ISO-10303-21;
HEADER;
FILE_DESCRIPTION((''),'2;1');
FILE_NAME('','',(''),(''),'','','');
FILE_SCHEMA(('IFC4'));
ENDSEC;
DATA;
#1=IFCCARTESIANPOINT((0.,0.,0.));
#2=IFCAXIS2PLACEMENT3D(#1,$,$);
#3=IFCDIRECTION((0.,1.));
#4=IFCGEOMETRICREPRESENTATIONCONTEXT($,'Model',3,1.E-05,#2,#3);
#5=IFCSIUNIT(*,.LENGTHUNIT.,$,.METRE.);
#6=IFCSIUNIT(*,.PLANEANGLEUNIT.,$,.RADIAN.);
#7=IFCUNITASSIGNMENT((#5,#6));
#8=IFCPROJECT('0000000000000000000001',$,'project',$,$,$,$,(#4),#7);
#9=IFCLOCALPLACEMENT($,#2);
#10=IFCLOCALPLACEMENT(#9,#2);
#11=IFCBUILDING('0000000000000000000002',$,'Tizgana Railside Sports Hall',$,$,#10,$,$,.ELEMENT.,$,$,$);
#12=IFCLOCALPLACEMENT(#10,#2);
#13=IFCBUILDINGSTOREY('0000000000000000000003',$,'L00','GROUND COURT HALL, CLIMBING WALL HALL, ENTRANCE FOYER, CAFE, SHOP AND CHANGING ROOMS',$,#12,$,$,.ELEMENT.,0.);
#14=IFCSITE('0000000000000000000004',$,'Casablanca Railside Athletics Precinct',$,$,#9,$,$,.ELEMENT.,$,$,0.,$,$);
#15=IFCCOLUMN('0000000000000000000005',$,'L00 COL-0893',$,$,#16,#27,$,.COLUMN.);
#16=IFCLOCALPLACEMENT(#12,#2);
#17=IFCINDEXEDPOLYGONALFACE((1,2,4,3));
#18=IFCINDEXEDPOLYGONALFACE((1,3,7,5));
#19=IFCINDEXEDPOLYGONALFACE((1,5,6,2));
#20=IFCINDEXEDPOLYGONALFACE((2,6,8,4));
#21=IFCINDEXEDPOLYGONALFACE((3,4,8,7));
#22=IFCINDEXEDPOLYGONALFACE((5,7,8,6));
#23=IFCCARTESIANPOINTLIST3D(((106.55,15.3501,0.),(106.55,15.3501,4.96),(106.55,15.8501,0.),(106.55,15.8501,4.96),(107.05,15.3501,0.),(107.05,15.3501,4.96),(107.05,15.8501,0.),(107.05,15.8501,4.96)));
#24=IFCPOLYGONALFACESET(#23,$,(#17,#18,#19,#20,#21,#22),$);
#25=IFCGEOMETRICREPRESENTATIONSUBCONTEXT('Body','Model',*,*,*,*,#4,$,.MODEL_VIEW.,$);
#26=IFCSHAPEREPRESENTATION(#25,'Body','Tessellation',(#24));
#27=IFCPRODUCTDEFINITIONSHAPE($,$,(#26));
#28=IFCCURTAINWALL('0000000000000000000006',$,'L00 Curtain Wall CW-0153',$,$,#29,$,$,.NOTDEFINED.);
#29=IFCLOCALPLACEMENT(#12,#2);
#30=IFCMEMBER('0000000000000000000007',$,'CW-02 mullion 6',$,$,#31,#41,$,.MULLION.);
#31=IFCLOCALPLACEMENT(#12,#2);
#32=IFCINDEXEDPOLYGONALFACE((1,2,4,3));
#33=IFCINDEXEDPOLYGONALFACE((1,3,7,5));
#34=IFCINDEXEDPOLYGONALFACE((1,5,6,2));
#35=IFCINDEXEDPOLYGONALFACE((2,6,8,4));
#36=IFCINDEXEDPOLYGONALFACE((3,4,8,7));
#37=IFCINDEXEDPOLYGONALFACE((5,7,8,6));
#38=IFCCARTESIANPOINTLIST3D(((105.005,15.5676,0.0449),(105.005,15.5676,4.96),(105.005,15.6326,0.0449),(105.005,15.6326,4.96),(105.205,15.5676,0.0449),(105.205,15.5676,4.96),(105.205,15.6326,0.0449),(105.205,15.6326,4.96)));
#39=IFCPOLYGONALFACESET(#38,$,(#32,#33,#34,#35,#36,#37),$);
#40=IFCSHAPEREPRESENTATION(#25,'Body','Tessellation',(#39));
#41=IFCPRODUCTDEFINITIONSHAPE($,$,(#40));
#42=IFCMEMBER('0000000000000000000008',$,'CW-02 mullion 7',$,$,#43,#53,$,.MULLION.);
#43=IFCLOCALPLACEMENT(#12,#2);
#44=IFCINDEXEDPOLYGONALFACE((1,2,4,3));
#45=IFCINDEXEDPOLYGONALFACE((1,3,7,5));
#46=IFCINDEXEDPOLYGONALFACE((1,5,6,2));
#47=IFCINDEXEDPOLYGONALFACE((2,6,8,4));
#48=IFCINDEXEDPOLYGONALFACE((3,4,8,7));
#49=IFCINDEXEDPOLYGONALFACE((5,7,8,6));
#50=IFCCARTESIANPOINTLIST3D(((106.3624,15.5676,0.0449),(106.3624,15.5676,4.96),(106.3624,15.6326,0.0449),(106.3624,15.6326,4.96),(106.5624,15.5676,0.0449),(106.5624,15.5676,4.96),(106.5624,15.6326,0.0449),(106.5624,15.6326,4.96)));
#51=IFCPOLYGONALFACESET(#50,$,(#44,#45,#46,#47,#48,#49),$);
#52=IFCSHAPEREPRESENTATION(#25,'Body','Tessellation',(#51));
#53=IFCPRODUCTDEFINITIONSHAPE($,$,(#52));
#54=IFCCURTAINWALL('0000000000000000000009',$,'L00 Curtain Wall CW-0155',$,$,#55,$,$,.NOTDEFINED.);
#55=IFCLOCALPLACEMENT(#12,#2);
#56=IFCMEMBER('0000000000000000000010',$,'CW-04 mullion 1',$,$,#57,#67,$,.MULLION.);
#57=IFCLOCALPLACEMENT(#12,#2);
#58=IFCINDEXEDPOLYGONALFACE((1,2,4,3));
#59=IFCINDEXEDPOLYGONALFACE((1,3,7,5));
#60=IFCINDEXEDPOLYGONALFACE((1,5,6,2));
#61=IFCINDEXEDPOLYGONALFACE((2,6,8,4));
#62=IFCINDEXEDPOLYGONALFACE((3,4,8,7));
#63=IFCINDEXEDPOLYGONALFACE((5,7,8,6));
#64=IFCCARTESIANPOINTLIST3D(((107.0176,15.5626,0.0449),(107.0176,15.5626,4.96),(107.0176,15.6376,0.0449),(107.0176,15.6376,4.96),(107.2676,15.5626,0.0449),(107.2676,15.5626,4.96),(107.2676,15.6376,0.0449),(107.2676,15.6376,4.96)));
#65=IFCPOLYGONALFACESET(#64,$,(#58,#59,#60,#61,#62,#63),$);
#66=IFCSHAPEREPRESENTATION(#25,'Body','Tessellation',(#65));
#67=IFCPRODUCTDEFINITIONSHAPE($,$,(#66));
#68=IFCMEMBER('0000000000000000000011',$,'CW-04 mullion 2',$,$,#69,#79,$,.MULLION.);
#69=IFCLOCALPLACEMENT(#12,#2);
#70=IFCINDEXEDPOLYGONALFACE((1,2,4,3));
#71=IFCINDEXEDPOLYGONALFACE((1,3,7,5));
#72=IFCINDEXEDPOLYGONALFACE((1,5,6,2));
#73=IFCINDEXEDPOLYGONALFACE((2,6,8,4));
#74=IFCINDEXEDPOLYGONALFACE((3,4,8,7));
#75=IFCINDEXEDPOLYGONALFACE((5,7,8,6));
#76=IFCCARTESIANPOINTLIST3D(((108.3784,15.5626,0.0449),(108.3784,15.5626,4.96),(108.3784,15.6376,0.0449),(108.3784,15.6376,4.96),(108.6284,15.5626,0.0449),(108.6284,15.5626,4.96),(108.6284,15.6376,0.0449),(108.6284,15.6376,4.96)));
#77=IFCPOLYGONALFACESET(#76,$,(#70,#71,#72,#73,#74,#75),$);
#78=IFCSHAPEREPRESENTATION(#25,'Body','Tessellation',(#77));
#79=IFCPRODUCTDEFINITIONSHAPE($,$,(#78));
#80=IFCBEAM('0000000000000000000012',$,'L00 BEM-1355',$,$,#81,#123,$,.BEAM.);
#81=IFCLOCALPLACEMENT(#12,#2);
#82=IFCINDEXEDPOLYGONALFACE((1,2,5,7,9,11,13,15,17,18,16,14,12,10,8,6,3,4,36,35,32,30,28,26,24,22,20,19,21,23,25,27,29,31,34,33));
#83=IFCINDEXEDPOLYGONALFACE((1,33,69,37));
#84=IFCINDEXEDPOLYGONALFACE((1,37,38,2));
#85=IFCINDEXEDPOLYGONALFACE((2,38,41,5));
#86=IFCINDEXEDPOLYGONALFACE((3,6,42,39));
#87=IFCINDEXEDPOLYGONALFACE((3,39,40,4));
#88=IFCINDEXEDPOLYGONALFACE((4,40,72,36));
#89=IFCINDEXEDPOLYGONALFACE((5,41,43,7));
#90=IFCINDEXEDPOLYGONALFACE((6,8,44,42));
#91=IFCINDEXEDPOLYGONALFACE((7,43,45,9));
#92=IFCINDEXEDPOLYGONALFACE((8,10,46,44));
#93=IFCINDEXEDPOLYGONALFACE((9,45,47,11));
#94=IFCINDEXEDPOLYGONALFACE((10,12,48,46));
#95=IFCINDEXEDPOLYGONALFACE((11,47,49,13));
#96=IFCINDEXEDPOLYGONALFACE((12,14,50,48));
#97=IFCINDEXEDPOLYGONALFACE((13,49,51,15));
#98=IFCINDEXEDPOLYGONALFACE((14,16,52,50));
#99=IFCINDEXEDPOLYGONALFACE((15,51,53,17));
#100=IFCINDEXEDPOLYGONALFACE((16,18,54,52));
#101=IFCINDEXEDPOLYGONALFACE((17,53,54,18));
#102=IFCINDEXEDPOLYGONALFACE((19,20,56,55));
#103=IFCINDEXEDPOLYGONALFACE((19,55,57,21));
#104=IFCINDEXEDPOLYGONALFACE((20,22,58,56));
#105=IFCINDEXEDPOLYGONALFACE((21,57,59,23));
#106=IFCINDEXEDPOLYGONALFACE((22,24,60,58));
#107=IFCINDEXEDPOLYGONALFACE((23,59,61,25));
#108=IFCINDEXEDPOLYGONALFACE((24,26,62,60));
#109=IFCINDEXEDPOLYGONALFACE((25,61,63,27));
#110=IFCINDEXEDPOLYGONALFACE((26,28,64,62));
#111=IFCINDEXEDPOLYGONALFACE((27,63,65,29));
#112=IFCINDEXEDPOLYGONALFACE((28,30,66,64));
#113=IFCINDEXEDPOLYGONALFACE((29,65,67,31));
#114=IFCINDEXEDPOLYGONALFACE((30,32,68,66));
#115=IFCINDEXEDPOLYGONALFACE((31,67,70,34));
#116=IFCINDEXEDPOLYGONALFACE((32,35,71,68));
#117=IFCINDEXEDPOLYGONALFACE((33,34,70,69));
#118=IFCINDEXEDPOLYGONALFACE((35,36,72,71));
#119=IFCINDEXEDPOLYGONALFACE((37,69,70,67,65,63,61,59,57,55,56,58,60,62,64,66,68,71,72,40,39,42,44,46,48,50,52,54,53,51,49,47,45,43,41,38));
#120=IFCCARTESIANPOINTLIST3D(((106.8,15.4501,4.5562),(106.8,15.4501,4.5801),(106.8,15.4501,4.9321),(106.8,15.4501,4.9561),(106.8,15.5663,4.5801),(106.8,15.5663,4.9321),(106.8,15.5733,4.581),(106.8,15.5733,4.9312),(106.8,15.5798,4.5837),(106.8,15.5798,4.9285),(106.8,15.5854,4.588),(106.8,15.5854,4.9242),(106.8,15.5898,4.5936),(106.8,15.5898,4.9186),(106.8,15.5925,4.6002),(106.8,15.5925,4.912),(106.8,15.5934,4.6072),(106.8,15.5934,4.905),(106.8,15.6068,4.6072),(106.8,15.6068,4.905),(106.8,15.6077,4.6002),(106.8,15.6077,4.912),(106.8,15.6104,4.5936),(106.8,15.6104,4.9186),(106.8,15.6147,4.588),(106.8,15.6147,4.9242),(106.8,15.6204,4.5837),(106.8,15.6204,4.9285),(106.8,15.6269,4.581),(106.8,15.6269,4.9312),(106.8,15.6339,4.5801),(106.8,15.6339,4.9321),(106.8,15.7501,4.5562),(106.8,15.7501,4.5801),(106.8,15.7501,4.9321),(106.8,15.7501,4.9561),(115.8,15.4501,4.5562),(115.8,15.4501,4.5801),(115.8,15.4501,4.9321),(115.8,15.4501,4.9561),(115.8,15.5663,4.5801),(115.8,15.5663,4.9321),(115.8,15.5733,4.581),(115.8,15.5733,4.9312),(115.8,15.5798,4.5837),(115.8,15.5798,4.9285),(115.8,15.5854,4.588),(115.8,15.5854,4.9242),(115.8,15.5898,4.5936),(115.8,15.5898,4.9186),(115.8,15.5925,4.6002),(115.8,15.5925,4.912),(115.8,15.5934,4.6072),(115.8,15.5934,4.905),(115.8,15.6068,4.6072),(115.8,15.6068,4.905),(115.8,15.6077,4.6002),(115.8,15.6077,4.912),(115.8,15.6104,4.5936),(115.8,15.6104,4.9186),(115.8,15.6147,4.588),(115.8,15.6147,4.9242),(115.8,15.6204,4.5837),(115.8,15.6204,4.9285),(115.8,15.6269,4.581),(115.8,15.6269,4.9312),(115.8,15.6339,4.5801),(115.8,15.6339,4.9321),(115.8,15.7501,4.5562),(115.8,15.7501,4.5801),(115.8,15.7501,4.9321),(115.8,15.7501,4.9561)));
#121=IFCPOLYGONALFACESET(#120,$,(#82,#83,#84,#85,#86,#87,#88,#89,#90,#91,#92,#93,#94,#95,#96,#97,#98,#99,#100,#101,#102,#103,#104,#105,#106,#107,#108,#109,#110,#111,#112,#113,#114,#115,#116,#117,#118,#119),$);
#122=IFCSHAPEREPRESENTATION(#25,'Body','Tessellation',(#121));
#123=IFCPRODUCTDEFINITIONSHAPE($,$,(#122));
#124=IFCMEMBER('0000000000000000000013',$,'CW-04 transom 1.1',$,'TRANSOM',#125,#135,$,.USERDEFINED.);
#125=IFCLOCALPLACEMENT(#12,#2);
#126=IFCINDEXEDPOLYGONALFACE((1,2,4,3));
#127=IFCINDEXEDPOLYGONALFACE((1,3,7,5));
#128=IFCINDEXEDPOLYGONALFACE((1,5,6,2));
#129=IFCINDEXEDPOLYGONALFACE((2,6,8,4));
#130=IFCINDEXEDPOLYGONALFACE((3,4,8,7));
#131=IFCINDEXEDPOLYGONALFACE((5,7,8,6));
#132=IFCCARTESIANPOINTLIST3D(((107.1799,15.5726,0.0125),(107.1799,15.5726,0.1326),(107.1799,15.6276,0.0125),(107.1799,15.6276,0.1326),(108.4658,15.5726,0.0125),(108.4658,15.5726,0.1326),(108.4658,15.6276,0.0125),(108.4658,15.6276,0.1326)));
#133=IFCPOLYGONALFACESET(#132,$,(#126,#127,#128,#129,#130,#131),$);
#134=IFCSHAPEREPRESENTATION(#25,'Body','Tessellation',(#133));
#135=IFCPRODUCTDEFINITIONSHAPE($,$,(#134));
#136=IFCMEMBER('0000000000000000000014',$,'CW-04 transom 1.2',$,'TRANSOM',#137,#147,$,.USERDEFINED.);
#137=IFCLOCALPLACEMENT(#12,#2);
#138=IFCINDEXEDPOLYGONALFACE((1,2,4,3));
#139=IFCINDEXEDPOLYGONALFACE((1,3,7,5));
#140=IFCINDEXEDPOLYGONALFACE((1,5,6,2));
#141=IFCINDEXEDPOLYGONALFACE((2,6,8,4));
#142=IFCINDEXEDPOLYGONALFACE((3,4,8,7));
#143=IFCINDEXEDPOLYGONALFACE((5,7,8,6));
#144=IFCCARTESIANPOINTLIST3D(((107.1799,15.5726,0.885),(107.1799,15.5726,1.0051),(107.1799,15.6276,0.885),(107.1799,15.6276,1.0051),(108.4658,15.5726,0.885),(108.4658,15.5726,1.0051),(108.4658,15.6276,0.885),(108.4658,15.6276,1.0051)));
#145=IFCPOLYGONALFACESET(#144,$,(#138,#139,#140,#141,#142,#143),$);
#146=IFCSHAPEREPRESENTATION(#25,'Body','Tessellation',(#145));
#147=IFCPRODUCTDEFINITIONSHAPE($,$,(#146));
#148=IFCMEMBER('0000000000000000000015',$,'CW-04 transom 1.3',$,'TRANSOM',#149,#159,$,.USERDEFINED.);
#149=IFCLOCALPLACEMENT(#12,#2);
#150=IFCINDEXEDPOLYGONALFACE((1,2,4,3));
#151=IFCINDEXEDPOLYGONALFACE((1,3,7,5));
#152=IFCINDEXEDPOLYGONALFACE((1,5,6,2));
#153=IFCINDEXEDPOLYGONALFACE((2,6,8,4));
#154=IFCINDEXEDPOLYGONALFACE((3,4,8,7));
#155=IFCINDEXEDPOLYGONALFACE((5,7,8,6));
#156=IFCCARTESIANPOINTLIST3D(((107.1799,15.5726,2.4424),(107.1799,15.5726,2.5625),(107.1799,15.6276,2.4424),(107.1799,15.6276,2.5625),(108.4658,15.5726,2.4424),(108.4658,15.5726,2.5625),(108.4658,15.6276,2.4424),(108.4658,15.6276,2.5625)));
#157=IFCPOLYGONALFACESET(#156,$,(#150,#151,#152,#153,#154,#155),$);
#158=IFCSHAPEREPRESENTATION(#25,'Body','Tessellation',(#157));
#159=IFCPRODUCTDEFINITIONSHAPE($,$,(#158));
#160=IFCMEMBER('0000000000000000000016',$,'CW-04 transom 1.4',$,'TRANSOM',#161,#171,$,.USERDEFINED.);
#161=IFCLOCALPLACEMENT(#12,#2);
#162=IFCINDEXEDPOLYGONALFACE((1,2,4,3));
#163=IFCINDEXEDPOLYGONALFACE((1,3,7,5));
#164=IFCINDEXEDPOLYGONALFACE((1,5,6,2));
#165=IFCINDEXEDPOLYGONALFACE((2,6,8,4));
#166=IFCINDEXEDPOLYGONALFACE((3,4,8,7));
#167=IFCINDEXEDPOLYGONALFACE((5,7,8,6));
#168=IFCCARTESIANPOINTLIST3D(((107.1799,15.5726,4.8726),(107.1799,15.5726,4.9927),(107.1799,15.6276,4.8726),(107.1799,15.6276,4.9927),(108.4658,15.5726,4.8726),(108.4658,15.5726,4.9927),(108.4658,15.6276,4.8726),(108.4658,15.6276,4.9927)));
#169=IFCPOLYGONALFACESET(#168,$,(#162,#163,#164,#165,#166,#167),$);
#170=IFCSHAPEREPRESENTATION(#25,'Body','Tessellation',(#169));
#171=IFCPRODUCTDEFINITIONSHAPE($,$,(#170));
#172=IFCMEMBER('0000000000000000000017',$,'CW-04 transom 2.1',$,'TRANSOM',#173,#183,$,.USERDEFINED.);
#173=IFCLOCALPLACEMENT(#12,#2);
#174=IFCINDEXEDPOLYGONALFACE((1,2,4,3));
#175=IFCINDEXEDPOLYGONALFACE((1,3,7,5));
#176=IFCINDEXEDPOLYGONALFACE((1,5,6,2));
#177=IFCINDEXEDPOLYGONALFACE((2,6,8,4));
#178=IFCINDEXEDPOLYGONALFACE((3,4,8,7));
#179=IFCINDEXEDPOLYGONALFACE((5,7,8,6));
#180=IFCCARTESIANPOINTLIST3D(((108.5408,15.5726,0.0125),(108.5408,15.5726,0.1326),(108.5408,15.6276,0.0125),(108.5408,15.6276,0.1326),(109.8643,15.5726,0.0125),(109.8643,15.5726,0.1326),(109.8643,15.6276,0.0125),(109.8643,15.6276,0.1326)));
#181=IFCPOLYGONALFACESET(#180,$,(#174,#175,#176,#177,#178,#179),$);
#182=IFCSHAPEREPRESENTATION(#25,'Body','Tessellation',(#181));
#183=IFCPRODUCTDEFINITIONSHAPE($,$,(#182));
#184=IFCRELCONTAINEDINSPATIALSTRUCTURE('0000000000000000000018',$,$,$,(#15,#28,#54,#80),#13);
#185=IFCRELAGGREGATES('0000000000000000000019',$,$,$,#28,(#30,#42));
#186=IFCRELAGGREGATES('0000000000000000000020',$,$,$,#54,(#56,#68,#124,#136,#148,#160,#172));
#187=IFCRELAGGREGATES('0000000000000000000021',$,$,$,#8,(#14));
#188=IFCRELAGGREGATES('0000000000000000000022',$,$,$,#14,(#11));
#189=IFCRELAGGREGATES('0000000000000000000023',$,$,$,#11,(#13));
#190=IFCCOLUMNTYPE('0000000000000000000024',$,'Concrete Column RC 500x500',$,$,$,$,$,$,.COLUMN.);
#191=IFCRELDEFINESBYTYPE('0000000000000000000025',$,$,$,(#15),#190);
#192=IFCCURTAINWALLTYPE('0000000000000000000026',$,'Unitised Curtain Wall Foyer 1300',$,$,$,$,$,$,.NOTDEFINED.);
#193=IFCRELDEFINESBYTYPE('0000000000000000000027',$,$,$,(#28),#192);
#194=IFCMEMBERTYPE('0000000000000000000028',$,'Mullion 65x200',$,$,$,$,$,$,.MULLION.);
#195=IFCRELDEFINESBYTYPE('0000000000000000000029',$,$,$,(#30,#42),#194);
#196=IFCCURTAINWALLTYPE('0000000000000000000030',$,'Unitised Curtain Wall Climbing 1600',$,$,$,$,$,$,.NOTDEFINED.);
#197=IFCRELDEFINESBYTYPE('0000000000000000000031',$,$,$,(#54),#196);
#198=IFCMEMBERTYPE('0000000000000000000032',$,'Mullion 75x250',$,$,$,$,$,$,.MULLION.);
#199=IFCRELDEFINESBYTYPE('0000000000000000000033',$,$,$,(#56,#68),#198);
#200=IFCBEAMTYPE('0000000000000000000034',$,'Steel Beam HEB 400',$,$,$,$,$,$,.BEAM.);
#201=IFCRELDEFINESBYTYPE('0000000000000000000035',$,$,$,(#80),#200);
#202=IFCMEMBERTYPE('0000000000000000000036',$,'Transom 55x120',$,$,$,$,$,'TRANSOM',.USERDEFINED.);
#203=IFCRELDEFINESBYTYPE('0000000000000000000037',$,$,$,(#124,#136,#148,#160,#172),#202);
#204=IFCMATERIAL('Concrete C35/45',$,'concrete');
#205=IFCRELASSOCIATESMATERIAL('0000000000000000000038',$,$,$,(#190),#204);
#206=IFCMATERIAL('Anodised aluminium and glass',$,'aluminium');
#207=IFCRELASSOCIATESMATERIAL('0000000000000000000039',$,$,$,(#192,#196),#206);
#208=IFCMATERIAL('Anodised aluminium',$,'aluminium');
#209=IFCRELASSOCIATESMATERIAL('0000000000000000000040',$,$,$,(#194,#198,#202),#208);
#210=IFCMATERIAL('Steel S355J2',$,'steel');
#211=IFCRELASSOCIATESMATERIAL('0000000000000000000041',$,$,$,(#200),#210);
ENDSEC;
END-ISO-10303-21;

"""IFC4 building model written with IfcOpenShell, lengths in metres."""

from ifc_helpers import new_model, si_unit, direction, frame, origin, origin_2d, place, context, subcontext, project, spatial, rectangle, i_section, extrude, material, material_profile, profile_set, type_object, element, aggregate, save


model = new_model("IFC4")

# Units and contexts
model_context = context("Model", 3, precision=1e-05, world=origin(), true_north=direction((0.0, 1.0)))
body_context = subcontext(model_context, "Body", "Model", "MODEL_VIEW")
ifc_project = project(units=[si_unit("LENGTHUNIT", "METRE"), si_unit("PLANEANGLEUNIT", "RADIAN")], contexts=[model_context])

# Site, building, storey
site_placement = place(None, origin())
site = spatial("IfcSite", under=ifc_project, at=site_placement, Name="Casablanca Railside Athletics Precinct", CompositionType="ELEMENT", RefElevation=0.0)
building_placement = place(site_placement, origin())
building = spatial("IfcBuilding", under=site, at=building_placement, Name="Tizgana Railside Sports Hall", CompositionType="ELEMENT")
storey_placement = place(building_placement, origin())
storey = spatial("IfcBuildingStorey", under=building, at=storey_placement, Name="L00", Description="GROUND COURT HALL, CLIMBING WALL HALL, ENTRANCE FOYER, CAFE, SHOP AND CHANGING ROOMS", CompositionType="ELEMENT", Elevation=0.0)

# Column
ifc_material_1 = material(Name="Concrete C35/45", Category="concrete")
ifc_material_profile_1 = material_profile(ifc_material_1, rectangle(XDim=0.5, YDim=0.5, at=origin_2d()), Name="RC 500x500")
ifc_profile_set_1 = profile_set([ifc_material_profile_1], Name="Concrete C35/45")
column_type = type_object("IfcColumnType", Name="Concrete Column RC 500x500", PredefinedType="COLUMN", material=ifc_profile_set_1)
column_placement = place(storey_placement, frame((106.8, 15.6001, 0.0), z_axis=(0.0, 0.0, 1.0), x_axis=(1.0, 0.0, 0.0)))
element("IfcColumn", 1, at=column_placement, inside=storey, type_object=column_type, Name="L00 COL-0893", PredefinedType="COLUMN", context=body_context, shape_type="SweptSolid", body=[
    extrude(rectangle(XDim=0.5, YDim=0.5, at=origin_2d()), origin(), (0.0, 0.0, 1.0), 4.96),
])

# Curtain walls, members
ifc_material_2 = material(Name="Anodised aluminium and glass", Category="aluminium")
curtain_wall_type_1 = type_object("IfcCurtainWallType", Name="Unitised Curtain Wall Foyer 1300", PredefinedType="NOTDEFINED", material=ifc_material_2)
curtain_wall_1_placement = place(storey_placement, origin())
curtain_wall_1 = element("IfcCurtainWall", 2, at=curtain_wall_1_placement, inside=storey, type_object=curtain_wall_type_1, Name="L00 Curtain Wall CW-0153", PredefinedType="NOTDEFINED")
ifc_material_3 = material(Name="Anodised aluminium", Category="aluminium")
ifc_material_profile_2 = material_profile(ifc_material_3, rectangle(XDim=0.0649, YDim=0.2, at=origin_2d()), Name="Mullion 65x200")
ifc_profile_set_2 = profile_set([ifc_material_profile_2], Name="Anodised aluminium")
member_type_1 = type_object("IfcMemberType", Name="Mullion 65x200", PredefinedType="MULLION", material=ifc_profile_set_2)
member_1_placement = place(storey_placement, frame((105.105, 15.6001, 0.0449), z_axis=(0.0, 0.0, 1.0), x_axis=(0.0, 1.0, 0.0)))
member_1 = element("IfcMember", 3, at=member_1_placement, type_object=member_type_1, Name="CW-02 mullion 6", PredefinedType="MULLION", context=body_context, shape_type="SweptSolid", body=[
    extrude(rectangle(XDim=0.0649, YDim=0.2, at=origin_2d()), origin(), (0.0, 0.0, 1.0), 4.915),
])
member_2_placement = place(storey_placement, frame((106.4624, 15.6001, 0.0449), z_axis=(0.0, 0.0, 1.0), x_axis=(0.0, 1.0, 0.0)))
member_2 = element("IfcMember", 4, at=member_2_placement, type_object=member_type_1, Name="CW-02 mullion 7", PredefinedType="MULLION", context=body_context, shape_type="SweptSolid", body=[
    extrude(rectangle(XDim=0.0649, YDim=0.2, at=origin_2d()), origin(), (0.0, 0.0, 1.0), 4.915),
])
curtain_wall_type_2 = type_object("IfcCurtainWallType", Name="Unitised Curtain Wall Climbing 1600", PredefinedType="NOTDEFINED", material=ifc_material_2)
curtain_wall_2_placement = place(storey_placement, origin())
curtain_wall_2 = element("IfcCurtainWall", 5, at=curtain_wall_2_placement, inside=storey, type_object=curtain_wall_type_2, Name="L00 Curtain Wall CW-0155", PredefinedType="NOTDEFINED")
ifc_material_profile_3 = material_profile(ifc_material_3, rectangle(XDim=0.075, YDim=0.25, at=origin_2d()), Name="Mullion 75x250")
ifc_profile_set_3 = profile_set([ifc_material_profile_3], Name="Anodised aluminium")
member_type_2 = type_object("IfcMemberType", Name="Mullion 75x250", PredefinedType="MULLION", material=ifc_profile_set_3)
member_3_placement = place(storey_placement, frame((107.1426, 15.6001, 0.0449), z_axis=(0.0, 0.0, 1.0), x_axis=(0.0, 1.0, 0.0)))
member_3 = element("IfcMember", 6, at=member_3_placement, type_object=member_type_2, Name="CW-04 mullion 1", PredefinedType="MULLION", context=body_context, shape_type="SweptSolid", body=[
    extrude(rectangle(XDim=0.075, YDim=0.25, at=origin_2d()), origin(), (0.0, 0.0, 1.0), 4.915),
])
member_4_placement = place(storey_placement, frame((108.5034, 15.6001, 0.0449), z_axis=(0.0, 0.0, 1.0), x_axis=(0.0, 1.0, 0.0)))
member_4 = element("IfcMember", 7, at=member_4_placement, type_object=member_type_2, Name="CW-04 mullion 2", PredefinedType="MULLION", context=body_context, shape_type="SweptSolid", body=[
    extrude(rectangle(XDim=0.075, YDim=0.25, at=origin_2d()), origin(), (0.0, 0.0, 1.0), 4.915),
])

# Beam
ifc_material_4 = material(Name="Steel S355J2", Category="steel")
ifc_material_profile_4 = material_profile(ifc_material_4, i_section(OverallWidth=0.3, OverallDepth=0.3999, WebThickness=0.0134, FlangeThickness=0.0239, FilletRadius=0.0271, at=origin_2d()), Name="HEB 400")
ifc_profile_set_4 = profile_set([ifc_material_profile_4], Name="Steel S355J2")
beam_type = type_object("IfcBeamType", Name="Steel Beam HEB 400", PredefinedType="BEAM", material=ifc_profile_set_4)
beam_placement = place(storey_placement, frame((106.8, 15.6001, 4.7561), z_axis=(1.0, 0.0, 0.0), x_axis=(0.0, 1.0, 0.0)))
element("IfcBeam", 8, at=beam_placement, inside=storey, type_object=beam_type, Name="L00 BEM-1355", PredefinedType="BEAM", context=body_context, shape_type="SweptSolid", body=[
    extrude(i_section(OverallWidth=0.3, OverallDepth=0.3999, WebThickness=0.0134, FlangeThickness=0.0239, FilletRadius=0.0271, at=origin_2d()), origin(), (0.0, 0.0, 1.0), 9.0),
])

# Members
ifc_material_profile_5 = material_profile(ifc_material_3, rectangle(XDim=0.0549, YDim=0.1201, at=origin_2d()), Name="Transom 55x120")
ifc_profile_set_5 = profile_set([ifc_material_profile_5], Name="Anodised aluminium")
member_type_3 = type_object("IfcMemberType", Name="Transom 55x120", ElementType="TRANSOM", PredefinedType="USERDEFINED", material=ifc_profile_set_5)
member_5_placement = place(storey_placement, frame((107.1799, 15.6001, 0.0725), z_axis=(1.0, 0.0, 0.0), x_axis=(0.0, 1.0, 0.0)))
member_5 = element("IfcMember", 9, at=member_5_placement, type_object=member_type_3, Name="CW-04 transom 1.1", ObjectType="TRANSOM", PredefinedType="USERDEFINED", context=body_context, shape_type="SweptSolid", body=[
    extrude(rectangle(XDim=0.0549, YDim=0.1201, at=origin_2d()), origin(), (0.0, 0.0, 1.0), 1.2859),
])
member_6_placement = place(storey_placement, frame((107.1799, 15.6001, 0.9451), z_axis=(1.0, 0.0, 0.0), x_axis=(0.0, 1.0, 0.0)))
member_6 = element("IfcMember", 10, at=member_6_placement, type_object=member_type_3, Name="CW-04 transom 1.2", ObjectType="TRANSOM", PredefinedType="USERDEFINED", context=body_context, shape_type="SweptSolid", body=[
    extrude(rectangle(XDim=0.0549, YDim=0.1201, at=origin_2d()), origin(), (0.0, 0.0, 1.0), 1.2859),
])
member_7_placement = place(storey_placement, frame((107.1799, 15.6001, 2.5024), z_axis=(1.0, 0.0, 0.0), x_axis=(0.0, 1.0, 0.0)))
member_7 = element("IfcMember", 11, at=member_7_placement, type_object=member_type_3, Name="CW-04 transom 1.3", ObjectType="TRANSOM", PredefinedType="USERDEFINED", context=body_context, shape_type="SweptSolid", body=[
    extrude(rectangle(XDim=0.0549, YDim=0.1201, at=origin_2d()), origin(), (0.0, 0.0, 1.0), 1.2859),
])
member_8_placement = place(storey_placement, frame((107.1799, 15.6001, 4.9326), z_axis=(1.0, 0.0, 0.0), x_axis=(0.0, 1.0, 0.0)))
member_8 = element("IfcMember", 12, at=member_8_placement, type_object=member_type_3, Name="CW-04 transom 1.4", ObjectType="TRANSOM", PredefinedType="USERDEFINED", context=body_context, shape_type="SweptSolid", body=[
    extrude(rectangle(XDim=0.0549, YDim=0.1201, at=origin_2d()), origin(), (0.0, 0.0, 1.0), 1.2859),
])
member_9_placement = place(storey_placement, frame((108.5408, 15.6001, 0.0725), z_axis=(1.0, 0.0, 0.0), x_axis=(0.0, 1.0, 0.0)))
member_9 = element("IfcMember", 13, at=member_9_placement, type_object=member_type_3, Name="CW-04 transom 2.1", ObjectType="TRANSOM", PredefinedType="USERDEFINED", context=body_context, shape_type="SweptSolid", body=[
    extrude(rectangle(XDim=0.0549, YDim=0.1201, at=origin_2d()), origin(), (0.0, 0.0, 1.0), 1.3235),
])

aggregate(curtain_wall_1, [member_1, member_2])
aggregate(curtain_wall_2, [member_3, member_4, member_5, member_6, member_7, member_8, member_9])

save(model, "model.ifc")
